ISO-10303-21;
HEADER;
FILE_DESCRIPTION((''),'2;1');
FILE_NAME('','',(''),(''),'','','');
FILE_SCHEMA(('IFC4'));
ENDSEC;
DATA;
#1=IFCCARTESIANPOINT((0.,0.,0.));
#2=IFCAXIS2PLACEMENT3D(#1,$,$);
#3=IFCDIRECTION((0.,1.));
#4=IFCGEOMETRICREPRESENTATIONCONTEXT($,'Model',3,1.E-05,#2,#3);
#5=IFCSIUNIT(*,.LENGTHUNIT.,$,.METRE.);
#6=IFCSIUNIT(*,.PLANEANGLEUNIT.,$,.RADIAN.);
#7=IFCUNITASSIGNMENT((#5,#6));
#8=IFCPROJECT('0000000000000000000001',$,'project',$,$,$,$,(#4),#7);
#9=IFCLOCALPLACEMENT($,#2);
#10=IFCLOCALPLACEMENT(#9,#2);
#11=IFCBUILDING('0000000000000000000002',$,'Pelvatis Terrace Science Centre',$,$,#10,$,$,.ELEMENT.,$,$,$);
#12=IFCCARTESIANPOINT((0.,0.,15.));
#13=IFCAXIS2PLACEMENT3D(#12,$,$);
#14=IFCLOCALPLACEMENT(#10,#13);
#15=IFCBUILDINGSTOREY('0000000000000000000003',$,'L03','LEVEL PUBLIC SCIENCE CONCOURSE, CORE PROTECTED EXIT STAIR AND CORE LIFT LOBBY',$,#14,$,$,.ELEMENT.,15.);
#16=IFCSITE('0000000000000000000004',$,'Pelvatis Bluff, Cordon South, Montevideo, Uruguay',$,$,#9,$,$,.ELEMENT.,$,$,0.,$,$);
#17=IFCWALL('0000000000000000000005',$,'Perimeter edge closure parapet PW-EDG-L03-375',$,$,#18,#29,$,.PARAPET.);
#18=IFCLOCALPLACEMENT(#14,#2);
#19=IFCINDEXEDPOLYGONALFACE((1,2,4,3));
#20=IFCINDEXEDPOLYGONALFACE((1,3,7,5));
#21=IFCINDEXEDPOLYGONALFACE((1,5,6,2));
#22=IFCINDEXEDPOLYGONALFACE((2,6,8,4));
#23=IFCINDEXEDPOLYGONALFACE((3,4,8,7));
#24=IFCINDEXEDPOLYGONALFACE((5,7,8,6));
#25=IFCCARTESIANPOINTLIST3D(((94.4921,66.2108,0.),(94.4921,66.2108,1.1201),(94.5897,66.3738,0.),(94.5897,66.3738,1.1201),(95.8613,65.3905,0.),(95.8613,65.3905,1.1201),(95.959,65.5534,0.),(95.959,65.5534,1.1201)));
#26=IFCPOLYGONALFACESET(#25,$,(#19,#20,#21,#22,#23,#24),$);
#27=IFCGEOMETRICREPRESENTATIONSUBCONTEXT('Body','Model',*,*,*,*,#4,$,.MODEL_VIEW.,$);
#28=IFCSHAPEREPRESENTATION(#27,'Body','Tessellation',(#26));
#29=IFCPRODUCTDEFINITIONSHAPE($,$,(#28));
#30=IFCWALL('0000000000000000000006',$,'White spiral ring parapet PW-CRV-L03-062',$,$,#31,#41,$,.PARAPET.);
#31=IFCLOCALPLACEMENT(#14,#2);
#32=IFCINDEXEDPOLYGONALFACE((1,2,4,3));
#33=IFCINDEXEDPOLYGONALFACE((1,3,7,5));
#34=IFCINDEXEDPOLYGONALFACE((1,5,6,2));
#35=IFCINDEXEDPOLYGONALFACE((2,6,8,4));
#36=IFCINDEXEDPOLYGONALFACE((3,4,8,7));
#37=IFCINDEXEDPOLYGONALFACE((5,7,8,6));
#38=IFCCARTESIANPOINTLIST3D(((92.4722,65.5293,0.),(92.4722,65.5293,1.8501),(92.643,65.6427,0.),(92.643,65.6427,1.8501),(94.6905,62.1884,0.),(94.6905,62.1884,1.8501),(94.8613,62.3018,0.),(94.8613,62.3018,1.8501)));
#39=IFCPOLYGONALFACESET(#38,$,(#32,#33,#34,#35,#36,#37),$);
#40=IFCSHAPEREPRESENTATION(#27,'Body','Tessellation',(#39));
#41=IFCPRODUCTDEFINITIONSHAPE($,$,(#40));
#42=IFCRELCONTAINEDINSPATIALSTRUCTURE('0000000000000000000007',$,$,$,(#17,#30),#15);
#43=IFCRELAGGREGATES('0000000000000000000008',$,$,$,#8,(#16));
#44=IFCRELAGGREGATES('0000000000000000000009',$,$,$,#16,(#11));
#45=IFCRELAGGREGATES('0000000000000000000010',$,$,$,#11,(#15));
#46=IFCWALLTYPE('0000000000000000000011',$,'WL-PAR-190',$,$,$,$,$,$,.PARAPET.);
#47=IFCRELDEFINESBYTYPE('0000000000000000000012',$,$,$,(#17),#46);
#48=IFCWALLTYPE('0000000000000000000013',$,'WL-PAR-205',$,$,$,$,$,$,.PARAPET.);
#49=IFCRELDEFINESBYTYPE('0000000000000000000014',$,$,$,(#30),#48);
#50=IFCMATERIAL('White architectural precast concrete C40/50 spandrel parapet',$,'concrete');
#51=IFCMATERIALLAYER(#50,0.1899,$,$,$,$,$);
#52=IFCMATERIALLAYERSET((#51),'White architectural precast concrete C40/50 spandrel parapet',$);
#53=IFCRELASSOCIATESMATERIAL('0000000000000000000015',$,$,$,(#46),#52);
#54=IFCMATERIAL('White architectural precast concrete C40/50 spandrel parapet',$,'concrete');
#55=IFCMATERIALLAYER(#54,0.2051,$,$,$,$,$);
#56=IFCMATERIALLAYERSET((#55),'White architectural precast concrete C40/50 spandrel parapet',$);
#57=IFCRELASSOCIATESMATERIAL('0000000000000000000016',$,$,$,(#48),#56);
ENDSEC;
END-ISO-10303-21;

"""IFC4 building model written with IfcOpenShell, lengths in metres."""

from ifc_helpers import new_model, si_unit, direction, frame, frame_2d, origin, place, context, subcontext, project, spatial, rectangle, extrude, material, layer, layer_set, type_object, element, save


model = new_model("IFC4")

# Units and contexts
model_context = context("Model", 3, precision=1e-05, world=origin(), true_north=direction((0.0, 1.0)))
body_context = subcontext(model_context, "Body", "Model", "MODEL_VIEW")
ifc_project = project(units=[si_unit("LENGTHUNIT", "METRE"), si_unit("PLANEANGLEUNIT", "RADIAN")], contexts=[model_context])

# Site, building, storey
site_placement = place(None, origin())
site = spatial("IfcSite", under=ifc_project, at=site_placement, Name="Pelvatis Bluff, Cordon South, Montevideo, Uruguay", CompositionType="ELEMENT", RefElevation=0.0)
building_placement = place(site_placement, origin())
building = spatial("IfcBuilding", under=site, at=building_placement, Name="Pelvatis Terrace Science Centre", CompositionType="ELEMENT")
storey_placement = place(building_placement, frame((0.0, 0.0, 15.0)))
storey = spatial("IfcBuildingStorey", under=building, at=storey_placement, Name="L03", Description="LEVEL PUBLIC SCIENCE CONCOURSE, CORE PROTECTED EXIT STAIR AND CORE LIFT LOBBY", CompositionType="ELEMENT", Elevation=15.0)

# Walls
ifc_material_1 = material(Name="White architectural precast concrete C40/50 spandrel parapet", Category="concrete")
ifc_layer_1 = layer(ifc_material_1, 0.1899)
ifc_layer_set_1 = layer_set([ifc_layer_1], Name="White architectural precast concrete C40/50 spandrel parapet")
wall_type_1 = type_object("IfcWallType", Name="WL-PAR-190", PredefinedType="PARAPET", material=ifc_layer_set_1)
wall_1_placement = place(storey_placement, frame((95.9102, 65.4719, 0.0), z_axis=(0.0, 0.0, 1.0), x_axis=(-0.857817, 0.513956, 0.0)))
element("IfcWall", 1, at=wall_1_placement, inside=storey, type_object=wall_type_1, Name="Perimeter edge closure parapet PW-EDG-L03-375", PredefinedType="PARAPET", context=body_context, shape_type="SweptSolid", body=[
    extrude(rectangle(XDim=1.5962, YDim=0.1899, at=frame_2d((0.7981, 0.0))), origin(), (0.0, 0.0, 1.0), 1.1201),
])
ifc_material_2 = material(Name="White architectural precast concrete C40/50 spandrel parapet", Category="concrete")
ifc_layer_2 = layer(ifc_material_2, 0.2051)
ifc_layer_set_2 = layer_set([ifc_layer_2], Name="White architectural precast concrete C40/50 spandrel parapet")
wall_type_2 = type_object("IfcWallType", Name="WL-PAR-205", PredefinedType="PARAPET", material=ifc_layer_set_2)
wall_2_placement = place(storey_placement, frame((94.7759, 62.2451, 0.0), z_axis=(0.0, 0.0, 1.0), x_axis=(-0.553154, 0.833079, 0.0)))
element("IfcWall", 2, at=wall_2_placement, inside=storey, type_object=wall_type_2, Name="White spiral ring parapet PW-CRV-L03-062", PredefinedType="PARAPET", context=body_context, shape_type="SweptSolid", body=[
    extrude(rectangle(XDim=4.0103, YDim=0.2051, at=frame_2d((2.0051, 0.0))), origin(), (0.0, 0.0, 1.0), 1.8501),
])

save(model, "model.ifc")
